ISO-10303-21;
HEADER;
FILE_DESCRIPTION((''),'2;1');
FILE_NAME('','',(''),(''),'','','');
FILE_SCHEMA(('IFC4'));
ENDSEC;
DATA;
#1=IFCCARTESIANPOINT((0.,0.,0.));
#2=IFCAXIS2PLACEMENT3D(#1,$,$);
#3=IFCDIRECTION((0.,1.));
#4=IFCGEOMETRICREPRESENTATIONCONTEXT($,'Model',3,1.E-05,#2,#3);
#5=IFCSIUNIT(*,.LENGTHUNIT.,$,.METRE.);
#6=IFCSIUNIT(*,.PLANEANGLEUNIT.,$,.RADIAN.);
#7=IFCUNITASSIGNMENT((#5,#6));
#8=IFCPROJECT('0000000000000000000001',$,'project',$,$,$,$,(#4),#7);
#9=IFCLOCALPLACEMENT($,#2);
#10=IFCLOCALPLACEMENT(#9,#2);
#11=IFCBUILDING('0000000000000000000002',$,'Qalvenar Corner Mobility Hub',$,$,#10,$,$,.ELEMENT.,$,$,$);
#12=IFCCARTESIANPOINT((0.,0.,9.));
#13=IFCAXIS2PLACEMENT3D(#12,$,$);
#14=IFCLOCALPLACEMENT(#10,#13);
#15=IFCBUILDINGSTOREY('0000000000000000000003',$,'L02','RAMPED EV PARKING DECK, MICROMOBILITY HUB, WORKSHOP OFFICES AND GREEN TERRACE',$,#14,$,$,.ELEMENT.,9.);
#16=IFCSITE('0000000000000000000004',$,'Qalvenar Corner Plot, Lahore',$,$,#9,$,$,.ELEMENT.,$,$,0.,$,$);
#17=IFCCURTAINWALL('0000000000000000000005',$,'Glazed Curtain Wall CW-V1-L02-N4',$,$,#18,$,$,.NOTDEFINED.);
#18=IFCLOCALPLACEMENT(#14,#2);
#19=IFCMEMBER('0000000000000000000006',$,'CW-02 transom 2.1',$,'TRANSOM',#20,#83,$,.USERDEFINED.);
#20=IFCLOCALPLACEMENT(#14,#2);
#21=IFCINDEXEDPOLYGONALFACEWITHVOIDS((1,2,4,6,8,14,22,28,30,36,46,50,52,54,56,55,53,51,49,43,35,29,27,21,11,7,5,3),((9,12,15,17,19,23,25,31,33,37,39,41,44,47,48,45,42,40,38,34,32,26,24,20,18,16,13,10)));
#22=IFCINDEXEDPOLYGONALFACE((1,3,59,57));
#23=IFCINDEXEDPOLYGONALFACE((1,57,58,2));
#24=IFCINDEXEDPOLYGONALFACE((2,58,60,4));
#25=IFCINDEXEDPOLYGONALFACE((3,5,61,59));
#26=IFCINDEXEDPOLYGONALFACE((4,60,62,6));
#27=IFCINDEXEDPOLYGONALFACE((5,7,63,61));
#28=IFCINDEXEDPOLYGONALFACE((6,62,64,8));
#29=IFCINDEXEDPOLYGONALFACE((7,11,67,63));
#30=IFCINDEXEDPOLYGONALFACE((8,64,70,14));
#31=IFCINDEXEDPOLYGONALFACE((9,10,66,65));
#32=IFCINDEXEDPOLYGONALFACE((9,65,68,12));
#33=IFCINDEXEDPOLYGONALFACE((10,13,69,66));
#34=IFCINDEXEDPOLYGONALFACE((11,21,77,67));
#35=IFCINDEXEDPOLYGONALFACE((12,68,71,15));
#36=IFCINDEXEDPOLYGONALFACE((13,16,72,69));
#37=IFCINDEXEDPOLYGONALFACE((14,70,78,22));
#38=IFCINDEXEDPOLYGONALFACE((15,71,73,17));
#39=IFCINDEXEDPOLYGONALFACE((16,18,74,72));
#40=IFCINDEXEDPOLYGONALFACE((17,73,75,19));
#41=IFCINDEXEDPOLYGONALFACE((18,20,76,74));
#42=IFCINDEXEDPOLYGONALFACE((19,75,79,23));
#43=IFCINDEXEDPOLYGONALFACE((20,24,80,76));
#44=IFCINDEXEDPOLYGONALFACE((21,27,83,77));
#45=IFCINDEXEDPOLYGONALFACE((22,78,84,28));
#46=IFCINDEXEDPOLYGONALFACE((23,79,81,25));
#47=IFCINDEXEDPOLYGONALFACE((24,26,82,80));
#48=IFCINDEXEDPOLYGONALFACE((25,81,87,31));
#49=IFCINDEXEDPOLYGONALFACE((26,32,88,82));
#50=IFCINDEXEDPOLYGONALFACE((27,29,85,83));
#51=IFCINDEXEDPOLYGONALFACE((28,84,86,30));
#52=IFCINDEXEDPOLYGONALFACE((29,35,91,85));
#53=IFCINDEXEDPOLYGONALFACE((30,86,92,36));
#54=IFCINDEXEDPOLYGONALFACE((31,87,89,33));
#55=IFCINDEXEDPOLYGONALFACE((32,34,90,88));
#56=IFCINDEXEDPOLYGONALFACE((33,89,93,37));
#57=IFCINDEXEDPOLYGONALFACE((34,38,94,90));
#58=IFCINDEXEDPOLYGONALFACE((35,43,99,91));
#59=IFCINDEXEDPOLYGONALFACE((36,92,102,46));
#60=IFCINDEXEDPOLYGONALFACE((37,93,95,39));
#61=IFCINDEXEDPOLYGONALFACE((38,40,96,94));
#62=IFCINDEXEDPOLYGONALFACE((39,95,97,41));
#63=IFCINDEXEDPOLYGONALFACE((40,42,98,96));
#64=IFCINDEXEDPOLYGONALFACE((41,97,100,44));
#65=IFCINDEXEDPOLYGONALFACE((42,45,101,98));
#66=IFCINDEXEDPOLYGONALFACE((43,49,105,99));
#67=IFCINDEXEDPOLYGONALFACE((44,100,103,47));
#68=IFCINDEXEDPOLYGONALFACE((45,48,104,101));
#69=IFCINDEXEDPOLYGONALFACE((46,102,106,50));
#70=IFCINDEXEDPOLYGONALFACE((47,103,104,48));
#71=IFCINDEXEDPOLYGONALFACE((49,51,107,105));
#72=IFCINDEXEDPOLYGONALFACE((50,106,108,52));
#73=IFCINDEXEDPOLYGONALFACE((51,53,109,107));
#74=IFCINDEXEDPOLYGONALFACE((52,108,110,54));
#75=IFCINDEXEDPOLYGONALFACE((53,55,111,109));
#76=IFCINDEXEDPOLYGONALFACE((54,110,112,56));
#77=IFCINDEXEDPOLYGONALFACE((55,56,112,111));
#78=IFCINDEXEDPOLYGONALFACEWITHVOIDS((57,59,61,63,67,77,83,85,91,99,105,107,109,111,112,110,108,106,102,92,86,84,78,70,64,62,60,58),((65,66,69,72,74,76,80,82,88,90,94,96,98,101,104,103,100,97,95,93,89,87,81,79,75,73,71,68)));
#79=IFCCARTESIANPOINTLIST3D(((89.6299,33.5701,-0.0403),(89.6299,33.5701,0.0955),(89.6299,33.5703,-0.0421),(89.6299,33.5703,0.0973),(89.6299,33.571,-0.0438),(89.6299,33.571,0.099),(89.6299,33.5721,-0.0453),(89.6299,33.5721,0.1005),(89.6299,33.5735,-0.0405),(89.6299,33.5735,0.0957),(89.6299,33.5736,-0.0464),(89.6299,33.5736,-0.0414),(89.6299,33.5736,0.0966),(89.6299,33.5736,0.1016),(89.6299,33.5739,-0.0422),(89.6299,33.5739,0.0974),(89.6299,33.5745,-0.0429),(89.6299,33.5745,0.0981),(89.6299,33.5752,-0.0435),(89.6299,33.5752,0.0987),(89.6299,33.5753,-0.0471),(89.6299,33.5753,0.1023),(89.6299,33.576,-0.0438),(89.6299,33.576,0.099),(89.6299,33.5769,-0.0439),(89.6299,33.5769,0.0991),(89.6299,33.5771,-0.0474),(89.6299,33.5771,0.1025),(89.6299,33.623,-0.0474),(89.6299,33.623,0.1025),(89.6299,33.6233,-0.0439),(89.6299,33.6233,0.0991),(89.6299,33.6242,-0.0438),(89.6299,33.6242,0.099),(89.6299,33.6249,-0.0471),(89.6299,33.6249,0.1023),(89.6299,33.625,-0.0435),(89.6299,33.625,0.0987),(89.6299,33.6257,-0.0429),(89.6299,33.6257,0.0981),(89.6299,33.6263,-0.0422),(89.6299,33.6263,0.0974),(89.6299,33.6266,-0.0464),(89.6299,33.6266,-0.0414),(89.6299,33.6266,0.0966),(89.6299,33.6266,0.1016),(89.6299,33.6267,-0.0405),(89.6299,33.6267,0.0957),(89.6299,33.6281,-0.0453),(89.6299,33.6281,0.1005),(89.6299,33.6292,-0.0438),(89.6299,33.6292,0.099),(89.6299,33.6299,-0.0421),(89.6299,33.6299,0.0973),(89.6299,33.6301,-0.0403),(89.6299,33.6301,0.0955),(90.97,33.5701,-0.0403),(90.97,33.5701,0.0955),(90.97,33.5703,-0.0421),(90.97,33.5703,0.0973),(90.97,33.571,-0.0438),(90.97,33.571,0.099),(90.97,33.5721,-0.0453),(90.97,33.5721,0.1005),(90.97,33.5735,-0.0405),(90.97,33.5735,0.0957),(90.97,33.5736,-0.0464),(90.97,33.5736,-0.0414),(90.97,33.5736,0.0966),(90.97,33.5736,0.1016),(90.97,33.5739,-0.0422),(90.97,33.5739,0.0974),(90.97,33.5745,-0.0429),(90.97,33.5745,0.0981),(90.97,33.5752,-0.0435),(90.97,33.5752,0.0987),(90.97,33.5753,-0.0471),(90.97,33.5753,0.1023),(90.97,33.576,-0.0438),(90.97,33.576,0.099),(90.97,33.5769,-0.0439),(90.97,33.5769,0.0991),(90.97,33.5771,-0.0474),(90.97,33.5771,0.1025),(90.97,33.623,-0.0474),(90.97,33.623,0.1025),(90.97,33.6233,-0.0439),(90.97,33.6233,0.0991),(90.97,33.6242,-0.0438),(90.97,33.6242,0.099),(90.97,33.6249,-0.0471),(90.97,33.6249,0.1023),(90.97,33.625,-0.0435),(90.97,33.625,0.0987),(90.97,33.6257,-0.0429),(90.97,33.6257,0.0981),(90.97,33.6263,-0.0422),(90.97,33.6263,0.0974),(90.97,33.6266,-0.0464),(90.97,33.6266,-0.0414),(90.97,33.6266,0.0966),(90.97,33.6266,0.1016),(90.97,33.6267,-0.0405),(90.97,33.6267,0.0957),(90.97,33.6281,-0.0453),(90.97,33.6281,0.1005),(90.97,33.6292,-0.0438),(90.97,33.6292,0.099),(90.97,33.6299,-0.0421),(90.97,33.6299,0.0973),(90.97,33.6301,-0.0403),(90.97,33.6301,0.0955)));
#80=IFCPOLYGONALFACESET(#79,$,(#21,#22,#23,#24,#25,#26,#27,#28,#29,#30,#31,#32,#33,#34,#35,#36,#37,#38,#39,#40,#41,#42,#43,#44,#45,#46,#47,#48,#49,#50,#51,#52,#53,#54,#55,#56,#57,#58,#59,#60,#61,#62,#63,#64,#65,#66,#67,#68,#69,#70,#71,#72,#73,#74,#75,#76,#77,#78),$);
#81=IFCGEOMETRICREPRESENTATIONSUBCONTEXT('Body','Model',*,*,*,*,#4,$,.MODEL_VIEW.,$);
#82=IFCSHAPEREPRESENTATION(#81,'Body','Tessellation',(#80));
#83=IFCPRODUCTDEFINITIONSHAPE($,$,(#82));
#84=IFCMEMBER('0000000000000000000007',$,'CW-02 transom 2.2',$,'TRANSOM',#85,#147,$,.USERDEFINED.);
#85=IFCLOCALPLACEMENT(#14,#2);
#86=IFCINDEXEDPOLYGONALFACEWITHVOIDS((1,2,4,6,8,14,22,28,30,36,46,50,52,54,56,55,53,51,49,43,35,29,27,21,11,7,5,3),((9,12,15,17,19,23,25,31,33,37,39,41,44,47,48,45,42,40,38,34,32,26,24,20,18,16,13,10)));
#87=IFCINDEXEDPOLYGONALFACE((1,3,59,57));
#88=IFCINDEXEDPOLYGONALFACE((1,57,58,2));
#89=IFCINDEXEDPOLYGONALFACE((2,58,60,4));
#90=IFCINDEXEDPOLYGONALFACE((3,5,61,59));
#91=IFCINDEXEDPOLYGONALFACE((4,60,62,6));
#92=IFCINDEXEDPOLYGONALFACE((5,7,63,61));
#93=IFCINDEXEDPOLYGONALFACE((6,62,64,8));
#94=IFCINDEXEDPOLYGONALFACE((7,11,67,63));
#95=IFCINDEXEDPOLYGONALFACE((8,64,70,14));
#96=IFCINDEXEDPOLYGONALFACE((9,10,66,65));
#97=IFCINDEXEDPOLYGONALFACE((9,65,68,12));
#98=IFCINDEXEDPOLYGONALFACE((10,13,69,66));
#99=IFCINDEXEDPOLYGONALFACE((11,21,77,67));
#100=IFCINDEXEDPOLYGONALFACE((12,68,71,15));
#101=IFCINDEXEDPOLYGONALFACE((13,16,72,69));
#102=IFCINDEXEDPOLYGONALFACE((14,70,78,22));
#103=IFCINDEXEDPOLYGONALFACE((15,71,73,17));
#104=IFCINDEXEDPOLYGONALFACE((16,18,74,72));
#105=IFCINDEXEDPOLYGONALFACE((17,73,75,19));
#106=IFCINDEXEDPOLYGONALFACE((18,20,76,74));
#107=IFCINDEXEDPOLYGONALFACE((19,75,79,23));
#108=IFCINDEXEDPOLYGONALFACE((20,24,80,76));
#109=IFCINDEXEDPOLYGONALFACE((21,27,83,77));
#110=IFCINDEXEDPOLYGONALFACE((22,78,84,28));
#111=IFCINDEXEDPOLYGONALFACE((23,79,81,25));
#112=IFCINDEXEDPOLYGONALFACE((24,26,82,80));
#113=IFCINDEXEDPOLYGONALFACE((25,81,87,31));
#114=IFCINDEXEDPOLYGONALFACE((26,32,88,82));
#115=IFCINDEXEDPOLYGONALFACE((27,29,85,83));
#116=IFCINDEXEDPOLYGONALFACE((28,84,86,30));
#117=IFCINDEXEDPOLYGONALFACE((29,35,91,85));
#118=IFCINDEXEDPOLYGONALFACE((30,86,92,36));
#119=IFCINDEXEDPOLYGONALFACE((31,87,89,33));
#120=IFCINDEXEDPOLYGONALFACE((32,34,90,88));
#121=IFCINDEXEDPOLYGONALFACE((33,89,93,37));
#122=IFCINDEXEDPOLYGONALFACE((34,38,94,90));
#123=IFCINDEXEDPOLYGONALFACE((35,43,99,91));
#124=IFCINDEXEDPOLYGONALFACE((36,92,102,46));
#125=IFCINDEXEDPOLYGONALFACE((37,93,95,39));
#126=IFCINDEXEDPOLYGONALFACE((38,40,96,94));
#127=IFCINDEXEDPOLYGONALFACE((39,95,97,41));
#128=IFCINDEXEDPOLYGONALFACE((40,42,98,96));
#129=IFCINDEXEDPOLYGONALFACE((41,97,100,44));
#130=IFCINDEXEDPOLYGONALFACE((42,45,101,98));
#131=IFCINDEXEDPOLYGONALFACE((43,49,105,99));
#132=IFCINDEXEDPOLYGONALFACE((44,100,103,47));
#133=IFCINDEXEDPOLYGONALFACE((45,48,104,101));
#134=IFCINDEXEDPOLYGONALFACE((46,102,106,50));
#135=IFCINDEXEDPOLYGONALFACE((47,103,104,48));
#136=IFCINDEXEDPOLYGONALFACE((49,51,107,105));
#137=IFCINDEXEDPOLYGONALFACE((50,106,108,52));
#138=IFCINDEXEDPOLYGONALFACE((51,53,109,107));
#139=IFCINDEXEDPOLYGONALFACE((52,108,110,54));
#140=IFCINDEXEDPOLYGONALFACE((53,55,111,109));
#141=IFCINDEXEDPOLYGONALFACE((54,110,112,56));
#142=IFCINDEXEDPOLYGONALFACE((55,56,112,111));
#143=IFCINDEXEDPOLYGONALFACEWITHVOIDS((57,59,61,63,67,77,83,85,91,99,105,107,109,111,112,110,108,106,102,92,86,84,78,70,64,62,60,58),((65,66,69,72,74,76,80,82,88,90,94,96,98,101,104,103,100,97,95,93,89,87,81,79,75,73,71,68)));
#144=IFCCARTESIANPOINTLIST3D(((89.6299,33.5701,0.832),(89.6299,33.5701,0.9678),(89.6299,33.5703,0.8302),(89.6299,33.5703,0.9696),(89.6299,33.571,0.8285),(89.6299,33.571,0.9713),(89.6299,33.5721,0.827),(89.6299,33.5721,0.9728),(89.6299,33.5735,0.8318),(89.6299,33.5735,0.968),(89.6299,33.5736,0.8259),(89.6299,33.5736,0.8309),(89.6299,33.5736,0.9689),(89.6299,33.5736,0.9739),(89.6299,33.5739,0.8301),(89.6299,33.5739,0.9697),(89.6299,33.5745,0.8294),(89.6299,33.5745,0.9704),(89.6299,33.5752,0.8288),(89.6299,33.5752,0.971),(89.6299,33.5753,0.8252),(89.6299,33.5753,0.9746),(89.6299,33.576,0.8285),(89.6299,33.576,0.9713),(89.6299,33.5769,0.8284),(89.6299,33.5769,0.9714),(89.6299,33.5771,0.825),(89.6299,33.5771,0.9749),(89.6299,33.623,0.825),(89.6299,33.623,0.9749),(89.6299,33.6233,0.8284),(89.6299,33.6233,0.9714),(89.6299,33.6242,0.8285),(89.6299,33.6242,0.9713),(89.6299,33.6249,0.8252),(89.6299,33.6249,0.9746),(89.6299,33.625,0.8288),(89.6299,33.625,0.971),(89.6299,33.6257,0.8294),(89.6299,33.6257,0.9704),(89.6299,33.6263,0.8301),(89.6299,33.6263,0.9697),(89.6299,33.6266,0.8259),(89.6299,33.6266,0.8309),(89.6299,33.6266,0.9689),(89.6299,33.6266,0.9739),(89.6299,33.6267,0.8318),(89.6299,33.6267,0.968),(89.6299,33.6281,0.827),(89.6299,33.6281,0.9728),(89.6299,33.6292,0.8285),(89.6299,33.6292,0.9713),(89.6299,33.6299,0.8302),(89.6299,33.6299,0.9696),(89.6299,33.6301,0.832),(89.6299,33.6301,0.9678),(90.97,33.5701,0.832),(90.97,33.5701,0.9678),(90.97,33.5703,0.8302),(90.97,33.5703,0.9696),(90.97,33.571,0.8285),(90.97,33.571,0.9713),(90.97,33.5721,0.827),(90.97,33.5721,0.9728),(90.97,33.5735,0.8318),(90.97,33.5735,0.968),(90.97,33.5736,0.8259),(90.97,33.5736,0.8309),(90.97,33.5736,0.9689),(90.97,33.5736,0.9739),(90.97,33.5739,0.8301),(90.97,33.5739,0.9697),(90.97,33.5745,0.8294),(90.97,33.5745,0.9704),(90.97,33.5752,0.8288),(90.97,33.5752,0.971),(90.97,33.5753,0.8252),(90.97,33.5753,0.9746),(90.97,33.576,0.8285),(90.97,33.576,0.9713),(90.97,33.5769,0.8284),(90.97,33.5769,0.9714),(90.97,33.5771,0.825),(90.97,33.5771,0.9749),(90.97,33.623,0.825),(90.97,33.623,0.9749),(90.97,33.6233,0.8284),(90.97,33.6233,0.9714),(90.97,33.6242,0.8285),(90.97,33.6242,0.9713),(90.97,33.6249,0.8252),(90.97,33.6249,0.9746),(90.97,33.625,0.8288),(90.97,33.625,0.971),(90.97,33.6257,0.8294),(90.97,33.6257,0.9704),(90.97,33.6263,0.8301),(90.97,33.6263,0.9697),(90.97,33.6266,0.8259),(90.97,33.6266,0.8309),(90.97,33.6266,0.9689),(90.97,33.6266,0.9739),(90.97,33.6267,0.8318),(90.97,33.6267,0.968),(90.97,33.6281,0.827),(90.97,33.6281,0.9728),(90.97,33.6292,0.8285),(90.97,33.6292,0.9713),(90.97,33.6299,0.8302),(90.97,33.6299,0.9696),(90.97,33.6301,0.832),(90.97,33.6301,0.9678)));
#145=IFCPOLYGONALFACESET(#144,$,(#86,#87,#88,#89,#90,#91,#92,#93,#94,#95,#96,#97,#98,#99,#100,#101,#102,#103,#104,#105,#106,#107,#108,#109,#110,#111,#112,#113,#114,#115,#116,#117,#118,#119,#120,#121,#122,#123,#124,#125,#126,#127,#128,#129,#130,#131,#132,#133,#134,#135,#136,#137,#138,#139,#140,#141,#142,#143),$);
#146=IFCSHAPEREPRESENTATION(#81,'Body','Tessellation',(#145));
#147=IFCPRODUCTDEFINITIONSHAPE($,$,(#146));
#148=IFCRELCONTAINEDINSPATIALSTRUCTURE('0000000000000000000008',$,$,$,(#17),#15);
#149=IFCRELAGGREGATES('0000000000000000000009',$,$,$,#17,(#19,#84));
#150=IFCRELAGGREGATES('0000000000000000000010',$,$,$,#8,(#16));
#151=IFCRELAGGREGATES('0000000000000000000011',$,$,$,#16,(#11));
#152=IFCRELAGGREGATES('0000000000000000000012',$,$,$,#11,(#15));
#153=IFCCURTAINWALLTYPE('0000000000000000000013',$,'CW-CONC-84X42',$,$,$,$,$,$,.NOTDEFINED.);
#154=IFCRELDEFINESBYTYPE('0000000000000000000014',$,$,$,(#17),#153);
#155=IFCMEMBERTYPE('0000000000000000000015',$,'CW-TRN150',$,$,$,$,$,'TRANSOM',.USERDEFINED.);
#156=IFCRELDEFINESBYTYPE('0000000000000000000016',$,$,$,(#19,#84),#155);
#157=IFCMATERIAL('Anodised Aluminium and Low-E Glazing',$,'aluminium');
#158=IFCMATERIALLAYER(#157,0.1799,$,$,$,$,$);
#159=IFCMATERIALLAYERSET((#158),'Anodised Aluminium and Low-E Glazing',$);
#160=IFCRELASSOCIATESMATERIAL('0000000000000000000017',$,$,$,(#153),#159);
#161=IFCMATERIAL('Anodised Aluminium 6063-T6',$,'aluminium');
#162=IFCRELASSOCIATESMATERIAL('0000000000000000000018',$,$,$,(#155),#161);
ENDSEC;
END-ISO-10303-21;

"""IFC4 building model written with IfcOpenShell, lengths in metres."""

from ifc_helpers import new_model, si_unit, direction, frame, origin, origin_2d, place, context, subcontext, project, spatial, hollow_rectangle, extrude, material, layer, layer_set, material_profile, profile_set, type_object, element, aggregate, save


model = new_model("IFC4")

# Units and contexts
model_context = context("Model", 3, precision=1e-05, world=origin(), true_north=direction((0.0, 1.0)))
body_context = subcontext(model_context, "Body", "Model", "MODEL_VIEW")
ifc_project = project(units=[si_unit("LENGTHUNIT", "METRE"), si_unit("PLANEANGLEUNIT", "RADIAN")], contexts=[model_context])

# Site, building, storey
site_placement = place(None, origin())
site = spatial("IfcSite", under=ifc_project, at=site_placement, Name="Qalvenar Corner Plot, Lahore", CompositionType="ELEMENT", RefElevation=0.0)
building_placement = place(site_placement, origin())
building = spatial("IfcBuilding", under=site, at=building_placement, Name="Qalvenar Corner Mobility Hub", CompositionType="ELEMENT")
storey_placement = place(building_placement, frame((0.0, 0.0, 9.0)))
storey = spatial("IfcBuildingStorey", under=building, at=storey_placement, Name="L02", Description="RAMPED EV PARKING DECK, MICROMOBILITY HUB, WORKSHOP OFFICES AND GREEN TERRACE", CompositionType="ELEMENT", Elevation=9.0)

# Curtain wall, members
ifc_material_1 = material(Name="Anodised Aluminium and Low-E Glazing", Category="aluminium")
ifc_layer_1 = layer(ifc_material_1, 0.1799)
ifc_layer_set_1 = layer_set([ifc_layer_1], Name="Anodised Aluminium and Low-E Glazing")
curtain_wall_type = type_object("IfcCurtainWallType", Name="CW-CONC-84X42", PredefinedType="NOTDEFINED", material=ifc_layer_set_1)
curtain_wall_placement = place(storey_placement, origin())
curtain_wall = element("IfcCurtainWall", 1, at=curtain_wall_placement, inside=storey, type_object=curtain_wall_type, Name="Glazed Curtain Wall CW-V1-L02-N4", PredefinedType="NOTDEFINED")
ifc_material_2 = material(Name="Anodised Aluminium 6063-T6", Category="aluminium")
ifc_material_profile_1 = material_profile(ifc_material_2, hollow_rectangle(XDim=0.0601, YDim=0.1499, WallThickness=0.0034, InnerFilletRadius=0.0034, OuterFilletRadius=0.0071, at=origin_2d()), Name="RHS150x60x3.5")
ifc_profile_set_1 = profile_set([ifc_material_profile_1], Name="Anodised Aluminium 6063-T6")
member_type_1 = type_object("IfcMemberType", Name="CW-TRN150", ElementType="TRANSOM", PredefinedType="USERDEFINED", material=ifc_profile_set_1)
member_1_placement = place(storey_placement, frame((90.97, 33.6001, 0.0276), z_axis=(-1.0, 0.0, 0.0), x_axis=(0.0, -1.0, 0.0)))
member_1 = element("IfcMember", 2, at=member_1_placement, type_object=member_type_1, Name="CW-02 transom 2.1", ObjectType="TRANSOM", PredefinedType="USERDEFINED", context=body_context, shape_type="SweptSolid", body=[
    extrude(hollow_rectangle(XDim=0.0601, YDim=0.1499, WallThickness=0.0034, InnerFilletRadius=0.0034, OuterFilletRadius=0.0071, at=origin_2d()), origin(), (0.0, 0.0, 1.0), 1.3401),
])
member_2_placement = place(storey_placement, frame((90.97, 33.6001, 0.8999), z_axis=(-1.0, 0.0, 0.0), x_axis=(0.0, -1.0, 0.0)))
member_2 = element("IfcMember", 3, at=member_2_placement, type_object=member_type_1, Name="CW-02 transom 2.2", ObjectType="TRANSOM", PredefinedType="USERDEFINED", context=body_context, shape_type="SweptSolid", body=[
    extrude(hollow_rectangle(XDim=0.0601, YDim=0.1499, WallThickness=0.0034, InnerFilletRadius=0.0034, OuterFilletRadius=0.0071, at=origin_2d()), origin(), (0.0, 0.0, 1.0), 1.3401),
])
aggregate(curtain_wall, [member_1, member_2])

save(model, "model.ifc")
